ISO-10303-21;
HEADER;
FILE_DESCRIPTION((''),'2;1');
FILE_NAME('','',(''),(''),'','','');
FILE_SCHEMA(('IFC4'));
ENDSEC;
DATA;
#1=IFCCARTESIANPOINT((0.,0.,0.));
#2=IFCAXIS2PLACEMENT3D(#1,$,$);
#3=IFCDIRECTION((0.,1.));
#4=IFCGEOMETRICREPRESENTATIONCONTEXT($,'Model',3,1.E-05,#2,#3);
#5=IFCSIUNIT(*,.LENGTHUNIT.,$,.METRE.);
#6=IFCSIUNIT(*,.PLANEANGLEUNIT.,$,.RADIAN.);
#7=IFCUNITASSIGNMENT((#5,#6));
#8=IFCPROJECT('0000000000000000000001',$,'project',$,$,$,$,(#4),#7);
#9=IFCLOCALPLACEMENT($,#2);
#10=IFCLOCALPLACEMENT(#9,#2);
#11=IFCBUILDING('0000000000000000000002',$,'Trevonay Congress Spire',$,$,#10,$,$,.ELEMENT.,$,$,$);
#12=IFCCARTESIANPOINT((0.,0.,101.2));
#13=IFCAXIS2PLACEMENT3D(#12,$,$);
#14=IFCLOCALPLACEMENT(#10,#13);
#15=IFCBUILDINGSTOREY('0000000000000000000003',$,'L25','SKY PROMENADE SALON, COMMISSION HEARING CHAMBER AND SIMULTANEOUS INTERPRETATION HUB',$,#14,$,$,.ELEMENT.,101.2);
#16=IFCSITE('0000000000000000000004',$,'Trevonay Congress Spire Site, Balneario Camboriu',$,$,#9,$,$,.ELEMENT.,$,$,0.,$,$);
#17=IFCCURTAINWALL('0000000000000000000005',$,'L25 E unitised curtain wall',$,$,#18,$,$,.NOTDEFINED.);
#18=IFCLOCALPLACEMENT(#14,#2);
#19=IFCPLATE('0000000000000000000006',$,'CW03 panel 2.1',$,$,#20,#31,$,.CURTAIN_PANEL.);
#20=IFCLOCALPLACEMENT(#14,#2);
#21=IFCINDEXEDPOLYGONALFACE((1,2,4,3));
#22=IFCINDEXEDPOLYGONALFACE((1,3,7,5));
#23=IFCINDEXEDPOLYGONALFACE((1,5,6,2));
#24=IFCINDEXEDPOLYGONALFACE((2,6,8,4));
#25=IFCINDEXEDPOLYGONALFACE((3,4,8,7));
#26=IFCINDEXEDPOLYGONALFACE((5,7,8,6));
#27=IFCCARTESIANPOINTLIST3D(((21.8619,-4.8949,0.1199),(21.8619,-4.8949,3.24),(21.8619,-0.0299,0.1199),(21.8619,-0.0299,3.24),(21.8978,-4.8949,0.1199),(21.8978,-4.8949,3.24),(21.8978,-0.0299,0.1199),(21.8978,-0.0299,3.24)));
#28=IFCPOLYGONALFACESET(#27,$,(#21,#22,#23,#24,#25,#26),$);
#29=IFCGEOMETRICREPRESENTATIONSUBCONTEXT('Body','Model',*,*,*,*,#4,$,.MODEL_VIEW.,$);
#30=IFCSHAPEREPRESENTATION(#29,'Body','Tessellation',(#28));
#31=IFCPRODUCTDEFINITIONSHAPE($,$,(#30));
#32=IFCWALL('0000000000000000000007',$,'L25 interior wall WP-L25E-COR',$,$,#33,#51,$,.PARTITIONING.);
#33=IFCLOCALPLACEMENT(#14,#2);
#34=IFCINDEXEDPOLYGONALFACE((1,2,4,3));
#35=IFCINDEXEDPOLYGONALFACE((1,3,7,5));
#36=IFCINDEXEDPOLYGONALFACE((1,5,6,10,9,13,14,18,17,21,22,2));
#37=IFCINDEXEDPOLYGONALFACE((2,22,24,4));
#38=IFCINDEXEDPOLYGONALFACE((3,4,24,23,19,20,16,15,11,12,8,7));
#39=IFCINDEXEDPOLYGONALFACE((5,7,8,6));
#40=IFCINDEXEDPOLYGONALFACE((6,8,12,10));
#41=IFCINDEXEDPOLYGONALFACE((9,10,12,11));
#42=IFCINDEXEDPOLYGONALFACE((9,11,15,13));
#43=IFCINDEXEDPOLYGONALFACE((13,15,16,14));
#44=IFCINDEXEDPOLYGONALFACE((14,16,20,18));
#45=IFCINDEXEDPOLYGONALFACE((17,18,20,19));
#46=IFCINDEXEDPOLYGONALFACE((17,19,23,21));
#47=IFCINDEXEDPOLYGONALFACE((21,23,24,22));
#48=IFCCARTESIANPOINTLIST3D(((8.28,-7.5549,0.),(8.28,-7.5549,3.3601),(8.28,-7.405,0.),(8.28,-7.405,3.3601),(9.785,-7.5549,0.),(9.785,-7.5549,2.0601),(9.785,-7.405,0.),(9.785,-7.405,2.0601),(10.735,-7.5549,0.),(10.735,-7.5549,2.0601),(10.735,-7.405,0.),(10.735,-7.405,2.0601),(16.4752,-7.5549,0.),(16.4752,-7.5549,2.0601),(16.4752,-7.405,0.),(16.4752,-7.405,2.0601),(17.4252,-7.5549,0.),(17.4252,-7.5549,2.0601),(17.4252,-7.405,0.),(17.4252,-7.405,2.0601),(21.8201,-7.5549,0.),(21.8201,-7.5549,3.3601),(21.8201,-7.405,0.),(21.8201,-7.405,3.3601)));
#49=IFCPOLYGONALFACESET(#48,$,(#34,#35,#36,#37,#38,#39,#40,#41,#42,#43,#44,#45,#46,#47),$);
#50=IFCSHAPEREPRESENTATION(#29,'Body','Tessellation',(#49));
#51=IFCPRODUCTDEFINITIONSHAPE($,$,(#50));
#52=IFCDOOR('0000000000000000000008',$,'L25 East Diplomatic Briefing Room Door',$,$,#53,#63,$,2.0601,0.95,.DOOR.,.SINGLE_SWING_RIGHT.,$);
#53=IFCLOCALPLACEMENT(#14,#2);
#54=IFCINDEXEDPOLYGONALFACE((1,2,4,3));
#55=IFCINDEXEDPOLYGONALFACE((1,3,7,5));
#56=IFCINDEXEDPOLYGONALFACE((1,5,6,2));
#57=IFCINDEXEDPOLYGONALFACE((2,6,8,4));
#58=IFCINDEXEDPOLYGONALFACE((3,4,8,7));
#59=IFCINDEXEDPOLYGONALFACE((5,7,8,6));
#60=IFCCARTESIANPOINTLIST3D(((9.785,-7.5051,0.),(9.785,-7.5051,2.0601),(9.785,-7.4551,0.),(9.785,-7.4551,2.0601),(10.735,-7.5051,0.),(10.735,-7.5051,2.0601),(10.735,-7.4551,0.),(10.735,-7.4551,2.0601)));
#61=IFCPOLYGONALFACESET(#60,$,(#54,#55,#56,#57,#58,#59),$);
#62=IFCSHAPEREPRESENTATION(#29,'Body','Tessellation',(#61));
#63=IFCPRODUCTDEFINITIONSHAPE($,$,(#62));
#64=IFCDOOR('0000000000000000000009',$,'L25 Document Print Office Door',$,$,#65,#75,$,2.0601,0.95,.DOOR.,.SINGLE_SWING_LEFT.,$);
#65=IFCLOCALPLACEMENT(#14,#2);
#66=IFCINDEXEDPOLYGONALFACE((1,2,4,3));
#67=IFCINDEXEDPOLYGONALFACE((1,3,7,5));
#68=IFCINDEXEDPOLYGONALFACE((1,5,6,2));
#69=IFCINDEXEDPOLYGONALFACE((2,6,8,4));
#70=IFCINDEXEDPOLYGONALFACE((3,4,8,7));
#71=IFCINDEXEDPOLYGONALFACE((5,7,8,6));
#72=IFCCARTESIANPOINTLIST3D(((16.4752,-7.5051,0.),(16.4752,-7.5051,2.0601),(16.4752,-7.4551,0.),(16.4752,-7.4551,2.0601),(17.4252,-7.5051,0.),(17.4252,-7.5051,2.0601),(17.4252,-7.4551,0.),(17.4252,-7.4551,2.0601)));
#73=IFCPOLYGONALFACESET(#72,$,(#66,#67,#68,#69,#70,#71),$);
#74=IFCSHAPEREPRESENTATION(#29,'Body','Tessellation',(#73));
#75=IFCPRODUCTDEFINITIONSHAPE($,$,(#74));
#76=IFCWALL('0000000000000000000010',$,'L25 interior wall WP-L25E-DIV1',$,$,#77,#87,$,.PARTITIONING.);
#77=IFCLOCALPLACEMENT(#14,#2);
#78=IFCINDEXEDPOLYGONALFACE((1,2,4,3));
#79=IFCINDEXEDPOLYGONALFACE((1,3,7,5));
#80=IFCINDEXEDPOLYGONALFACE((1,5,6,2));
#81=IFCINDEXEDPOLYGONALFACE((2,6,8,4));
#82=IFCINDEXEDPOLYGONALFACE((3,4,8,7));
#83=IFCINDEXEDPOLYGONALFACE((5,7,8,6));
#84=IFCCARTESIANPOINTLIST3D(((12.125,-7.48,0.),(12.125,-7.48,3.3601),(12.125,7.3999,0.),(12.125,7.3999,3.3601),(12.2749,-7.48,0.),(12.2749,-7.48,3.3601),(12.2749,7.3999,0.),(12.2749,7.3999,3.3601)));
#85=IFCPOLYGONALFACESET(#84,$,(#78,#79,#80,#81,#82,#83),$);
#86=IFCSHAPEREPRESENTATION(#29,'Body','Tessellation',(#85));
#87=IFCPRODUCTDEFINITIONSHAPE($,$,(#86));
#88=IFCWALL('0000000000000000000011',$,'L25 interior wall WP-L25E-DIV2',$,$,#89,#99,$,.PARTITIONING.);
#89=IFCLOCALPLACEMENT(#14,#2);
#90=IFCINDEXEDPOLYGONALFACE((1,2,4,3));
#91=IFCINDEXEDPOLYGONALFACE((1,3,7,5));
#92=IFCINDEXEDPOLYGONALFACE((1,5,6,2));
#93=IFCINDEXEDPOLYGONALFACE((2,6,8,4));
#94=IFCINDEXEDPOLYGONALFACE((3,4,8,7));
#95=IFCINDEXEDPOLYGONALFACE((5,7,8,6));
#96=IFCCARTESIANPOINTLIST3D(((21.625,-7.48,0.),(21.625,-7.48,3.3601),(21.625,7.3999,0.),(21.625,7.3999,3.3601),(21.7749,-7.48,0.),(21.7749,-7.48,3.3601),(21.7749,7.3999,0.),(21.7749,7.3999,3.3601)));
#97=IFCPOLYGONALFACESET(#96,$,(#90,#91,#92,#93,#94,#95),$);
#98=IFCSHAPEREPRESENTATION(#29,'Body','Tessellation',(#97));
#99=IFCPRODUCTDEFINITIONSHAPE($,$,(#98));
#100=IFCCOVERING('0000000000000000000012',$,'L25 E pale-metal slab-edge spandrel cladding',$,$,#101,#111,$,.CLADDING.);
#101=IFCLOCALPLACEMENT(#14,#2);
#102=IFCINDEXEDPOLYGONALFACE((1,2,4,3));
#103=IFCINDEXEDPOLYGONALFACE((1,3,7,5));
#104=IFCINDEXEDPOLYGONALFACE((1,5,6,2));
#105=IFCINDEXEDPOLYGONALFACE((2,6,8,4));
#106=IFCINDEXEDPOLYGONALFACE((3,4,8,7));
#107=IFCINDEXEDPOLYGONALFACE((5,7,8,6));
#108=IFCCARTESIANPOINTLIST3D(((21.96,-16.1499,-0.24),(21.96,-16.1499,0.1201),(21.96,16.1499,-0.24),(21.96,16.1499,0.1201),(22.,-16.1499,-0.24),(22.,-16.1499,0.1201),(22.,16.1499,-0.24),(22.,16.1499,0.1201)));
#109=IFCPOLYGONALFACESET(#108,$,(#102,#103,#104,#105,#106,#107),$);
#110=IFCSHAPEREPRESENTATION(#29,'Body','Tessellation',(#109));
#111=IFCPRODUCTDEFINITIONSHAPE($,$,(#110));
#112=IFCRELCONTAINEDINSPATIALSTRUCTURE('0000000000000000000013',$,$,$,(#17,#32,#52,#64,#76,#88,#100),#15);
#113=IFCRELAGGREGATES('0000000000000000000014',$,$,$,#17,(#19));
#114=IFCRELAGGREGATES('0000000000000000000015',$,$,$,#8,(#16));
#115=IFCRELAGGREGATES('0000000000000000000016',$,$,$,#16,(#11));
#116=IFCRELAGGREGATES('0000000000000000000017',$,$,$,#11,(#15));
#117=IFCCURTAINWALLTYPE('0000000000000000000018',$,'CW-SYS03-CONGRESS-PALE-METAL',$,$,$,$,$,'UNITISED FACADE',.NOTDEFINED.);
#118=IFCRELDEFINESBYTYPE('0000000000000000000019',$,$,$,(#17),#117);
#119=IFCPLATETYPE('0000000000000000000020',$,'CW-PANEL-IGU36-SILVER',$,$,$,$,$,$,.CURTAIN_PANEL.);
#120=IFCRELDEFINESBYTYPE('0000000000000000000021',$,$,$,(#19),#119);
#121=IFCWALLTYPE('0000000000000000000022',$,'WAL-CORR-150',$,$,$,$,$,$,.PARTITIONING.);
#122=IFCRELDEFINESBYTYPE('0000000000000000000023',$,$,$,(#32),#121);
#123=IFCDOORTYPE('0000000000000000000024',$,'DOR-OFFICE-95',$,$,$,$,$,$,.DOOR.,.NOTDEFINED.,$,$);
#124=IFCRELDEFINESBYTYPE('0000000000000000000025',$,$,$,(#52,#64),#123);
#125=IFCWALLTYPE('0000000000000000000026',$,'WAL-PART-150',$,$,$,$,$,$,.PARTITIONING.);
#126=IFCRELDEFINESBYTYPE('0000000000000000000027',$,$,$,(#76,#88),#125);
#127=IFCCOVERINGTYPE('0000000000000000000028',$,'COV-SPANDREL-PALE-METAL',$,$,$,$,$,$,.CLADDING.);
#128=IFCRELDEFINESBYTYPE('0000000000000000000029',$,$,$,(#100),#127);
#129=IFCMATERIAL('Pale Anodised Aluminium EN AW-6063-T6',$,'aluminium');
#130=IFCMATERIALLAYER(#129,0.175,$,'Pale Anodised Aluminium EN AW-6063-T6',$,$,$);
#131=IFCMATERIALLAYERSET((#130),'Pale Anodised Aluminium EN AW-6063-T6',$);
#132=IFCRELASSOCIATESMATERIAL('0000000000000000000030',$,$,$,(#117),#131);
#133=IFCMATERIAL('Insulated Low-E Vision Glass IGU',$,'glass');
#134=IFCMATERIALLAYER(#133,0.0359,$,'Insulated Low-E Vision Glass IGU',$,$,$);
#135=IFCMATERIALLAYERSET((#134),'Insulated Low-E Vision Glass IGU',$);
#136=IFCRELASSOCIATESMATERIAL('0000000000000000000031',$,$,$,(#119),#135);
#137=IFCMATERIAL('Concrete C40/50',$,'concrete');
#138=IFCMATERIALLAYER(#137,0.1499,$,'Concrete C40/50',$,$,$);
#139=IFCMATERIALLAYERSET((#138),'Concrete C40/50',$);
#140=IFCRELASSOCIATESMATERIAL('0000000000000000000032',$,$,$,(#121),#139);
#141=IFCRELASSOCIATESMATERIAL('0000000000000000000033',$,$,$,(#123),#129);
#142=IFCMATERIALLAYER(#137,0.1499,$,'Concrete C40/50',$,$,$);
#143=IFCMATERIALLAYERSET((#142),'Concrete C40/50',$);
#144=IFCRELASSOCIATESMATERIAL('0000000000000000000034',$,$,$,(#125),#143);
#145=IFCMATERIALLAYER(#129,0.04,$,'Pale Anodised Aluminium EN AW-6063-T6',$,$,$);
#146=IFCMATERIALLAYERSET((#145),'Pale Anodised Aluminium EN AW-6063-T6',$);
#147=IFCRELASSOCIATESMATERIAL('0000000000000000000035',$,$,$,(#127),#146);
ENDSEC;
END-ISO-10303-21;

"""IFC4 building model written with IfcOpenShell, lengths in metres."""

from ifc_helpers import new_model, si_unit, direction, frame, frame_2d, origin, origin_2d, place, context, subcontext, project, spatial, rectangle, extrude, material, layer, layer_set, type_object, element, fill, aggregate, save


model = new_model("IFC4")

# Units and contexts
model_context = context("Model", 3, precision=1e-05, world=origin(), true_north=direction((0.0, 1.0)))
body_context = subcontext(model_context, "Body", "Model", "MODEL_VIEW")
ifc_project = project(units=[si_unit("LENGTHUNIT", "METRE"), si_unit("PLANEANGLEUNIT", "RADIAN")], contexts=[model_context])

# Site, building, storey
site_placement = place(None, origin())
site = spatial("IfcSite", under=ifc_project, at=site_placement, Name="Trevonay Congress Spire Site, Balneario Camboriu", CompositionType="ELEMENT", RefElevation=0.0)
building_placement = place(site_placement, origin())
building = spatial("IfcBuilding", under=site, at=building_placement, Name="Trevonay Congress Spire", CompositionType="ELEMENT")
storey_placement = place(building_placement, frame((0.0, 0.0, 101.2)))
storey = spatial("IfcBuildingStorey", under=building, at=storey_placement, Name="L25", Description="SKY PROMENADE SALON, COMMISSION HEARING CHAMBER AND SIMULTANEOUS INTERPRETATION HUB", CompositionType="ELEMENT", Elevation=101.2)

# Curtain wall, plate
ifc_material_1 = material(Name="Pale Anodised Aluminium EN AW-6063-T6", Category="aluminium")
ifc_layer_1 = layer(ifc_material_1, 0.175, Name="Pale Anodised Aluminium EN AW-6063-T6")
ifc_layer_set_1 = layer_set([ifc_layer_1], Name="Pale Anodised Aluminium EN AW-6063-T6")
curtain_wall_type = type_object("IfcCurtainWallType", Name="CW-SYS03-CONGRESS-PALE-METAL", ElementType="UNITISED FACADE", PredefinedType="NOTDEFINED", material=ifc_layer_set_1)
curtain_wall_placement = place(storey_placement, origin())
curtain_wall = element("IfcCurtainWall", 1, at=curtain_wall_placement, inside=storey, type_object=curtain_wall_type, Name="L25 E unitised curtain wall", PredefinedType="NOTDEFINED")
ifc_material_2 = material(Name="Insulated Low-E Vision Glass IGU", Category="glass")
ifc_layer_2 = layer(ifc_material_2, 0.0359, Name="Insulated Low-E Vision Glass IGU")
ifc_layer_set_2 = layer_set([ifc_layer_2], Name="Insulated Low-E Vision Glass IGU")
plate_type = type_object("IfcPlateType", Name="CW-PANEL-IGU36-SILVER", PredefinedType="CURTAIN_PANEL", material=ifc_layer_set_2)
plate_1_placement = place(storey_placement, frame((21.8799, -2.4624, 0.1199), z_axis=(0.0, 0.0, 1.0), x_axis=(0.0, 1.0, 0.0)))
plate_1 = element("IfcPlate", 2, at=plate_1_placement, type_object=plate_type, Name="CW03 panel 2.1", PredefinedType="CURTAIN_PANEL", context=body_context, shape_type="SweptSolid", body=[
    extrude(rectangle(XDim=4.865, YDim=0.0359, at=origin_2d()), origin(), (0.0, 0.0, 1.0), 3.1201),
])
aggregate(curtain_wall, [plate_1])

# Wall, openings, doors
ifc_material_3 = material(Name="Concrete C40/50", Category="concrete")
ifc_layer_3 = layer(ifc_material_3, 0.1499, Name="Concrete C40/50")
ifc_layer_set_3 = layer_set([ifc_layer_3], Name="Concrete C40/50")
wall_type_1 = type_object("IfcWallType", Name="WAL-CORR-150", PredefinedType="PARTITIONING", material=ifc_layer_set_3)
wall_placement = place(storey_placement, frame((8.28, -7.48, 0.0), z_axis=(0.0, 0.0, 1.0), x_axis=(1.0, 0.0, 0.0)))
wall = element("IfcWall", 3, at=wall_placement, inside=storey, type_object=wall_type_1, Name="L25 interior wall WP-L25E-COR", PredefinedType="PARTITIONING", context=body_context, shape_type="SweptSolid", body=[
    extrude(rectangle(XDim=13.54, YDim=0.1499, at=frame_2d((6.77, 0.0))), origin(), (0.0, 0.0, 1.0), 3.3601),
])
opening_1_placement = place(wall_placement, frame((1.5049, 0.0, 0.0)))
opening_1 = element("IfcOpeningElement", 4, at=opening_1_placement, cuts=wall, PredefinedType="OPENING", context=body_context, shape_type="SweptSolid", body=[
    extrude(rectangle(XDim=0.95, YDim=2.0601, at=frame_2d((0.4751, 1.03))), frame((0.0, 0.085, 0.0), z_axis=(0.0, -1.0, 0.0), x_axis=(1.0, 0.0, 0.0)), (0.0, 0.0, 1.0), 0.1699),
])
opening_2_placement = place(wall_placement, frame((8.1951, 0.0, 0.0)))
opening_2 = element("IfcOpeningElement", 5, at=opening_2_placement, cuts=wall, PredefinedType="OPENING", context=body_context, shape_type="SweptSolid", body=[
    extrude(rectangle(XDim=0.95, YDim=2.0601, at=frame_2d((0.4751, 1.03))), frame((0.0, 0.085, 0.0), z_axis=(0.0, -1.0, 0.0), x_axis=(1.0, 0.0, 0.0)), (0.0, 0.0, 1.0), 0.1699),
])
door_type = type_object("IfcDoorType", Name="DOR-OFFICE-95", OperationType="NOTDEFINED", PredefinedType="DOOR", material=ifc_material_1)
door_1_placement = place(opening_1_placement, origin())
door_1 = element("IfcDoor", 6, at=door_1_placement, inside=storey, type_object=door_type, Name="L25 East Diplomatic Briefing Room Door", OperationType="SINGLE_SWING_RIGHT", OverallHeight=2.0601, OverallWidth=0.95, PredefinedType="DOOR", context=body_context, shape_type="SweptSolid", body=[
    extrude(rectangle(XDim=0.95, YDim=2.0601, at=frame_2d((0.4751, 1.03))), frame((0.0, 0.0249, 0.0), z_axis=(0.0, -1.0, 0.0), x_axis=(1.0, 0.0, 0.0)), (0.0, 0.0, 1.0), 0.05),
])
fill(opening_1, door_1)
door_2_placement = place(opening_2_placement, origin())
door_2 = element("IfcDoor", 7, at=door_2_placement, inside=storey, type_object=door_type, Name="L25 Document Print Office Door", OperationType="SINGLE_SWING_LEFT", OverallHeight=2.0601, OverallWidth=0.95, PredefinedType="DOOR", context=body_context, shape_type="SweptSolid", body=[
    extrude(rectangle(XDim=0.95, YDim=2.0601, at=frame_2d((0.4751, 1.03))), frame((0.0, 0.0249, 0.0), z_axis=(0.0, -1.0, 0.0), x_axis=(1.0, 0.0, 0.0)), (0.0, 0.0, 1.0), 0.05),
])
fill(opening_2, door_2)

# Walls
ifc_layer_4 = layer(ifc_material_3, 0.1499, Name="Concrete C40/50")
ifc_layer_set_4 = layer_set([ifc_layer_4], Name="Concrete C40/50")
wall_type_2 = type_object("IfcWallType", Name="WAL-PART-150", PredefinedType="PARTITIONING", material=ifc_layer_set_4)
for number, where, z_axis, x_axis, name in (
    (8, (12.2, -7.48, 0.0), (0.0, 0.0, 1.0), (0.0, 1.0, 0.0), "L25 interior wall WP-L25E-DIV1"),
    (9, (21.7, -7.48, 0.0), (0.0, 0.0, 1.0), (0.0, 1.0, 0.0), "L25 interior wall WP-L25E-DIV2"),
):
    element("IfcWall", number, at=place(storey_placement, frame(where, z_axis=z_axis, x_axis=x_axis)), inside=storey, type_object=wall_type_2, Name=name, PredefinedType="PARTITIONING", context=body_context, shape_type="SweptSolid", body=[
        extrude(rectangle(XDim=14.8799, YDim=0.1499, at=frame_2d((7.4399, 0.0))), origin(), (0.0, 0.0, 1.0), 3.3601),
    ])

# Covering
ifc_layer_5 = layer(ifc_material_1, 0.04, Name="Pale Anodised Aluminium EN AW-6063-T6")
ifc_layer_set_5 = layer_set([ifc_layer_5], Name="Pale Anodised Aluminium EN AW-6063-T6")
covering_type = type_object("IfcCoveringType", Name="COV-SPANDREL-PALE-METAL", PredefinedType="CLADDING", material=ifc_layer_set_5)
covering_placement = place(storey_placement, frame((21.98, -16.1499, -0.24), z_axis=(0.0, 0.0, 1.0), x_axis=(0.0, 1.0, 0.0)))
element("IfcCovering", 10, at=covering_placement, inside=storey, type_object=covering_type, Name="L25 E pale-metal slab-edge spandrel cladding", PredefinedType="CLADDING", context=body_context, shape_type="SweptSolid", body=[
    extrude(rectangle(XDim=32.2998, YDim=0.04, at=frame_2d((16.1499, 0.0))), origin(), (0.0, 0.0, 1.0), 0.3601),
])

save(model, "model.ifc")
